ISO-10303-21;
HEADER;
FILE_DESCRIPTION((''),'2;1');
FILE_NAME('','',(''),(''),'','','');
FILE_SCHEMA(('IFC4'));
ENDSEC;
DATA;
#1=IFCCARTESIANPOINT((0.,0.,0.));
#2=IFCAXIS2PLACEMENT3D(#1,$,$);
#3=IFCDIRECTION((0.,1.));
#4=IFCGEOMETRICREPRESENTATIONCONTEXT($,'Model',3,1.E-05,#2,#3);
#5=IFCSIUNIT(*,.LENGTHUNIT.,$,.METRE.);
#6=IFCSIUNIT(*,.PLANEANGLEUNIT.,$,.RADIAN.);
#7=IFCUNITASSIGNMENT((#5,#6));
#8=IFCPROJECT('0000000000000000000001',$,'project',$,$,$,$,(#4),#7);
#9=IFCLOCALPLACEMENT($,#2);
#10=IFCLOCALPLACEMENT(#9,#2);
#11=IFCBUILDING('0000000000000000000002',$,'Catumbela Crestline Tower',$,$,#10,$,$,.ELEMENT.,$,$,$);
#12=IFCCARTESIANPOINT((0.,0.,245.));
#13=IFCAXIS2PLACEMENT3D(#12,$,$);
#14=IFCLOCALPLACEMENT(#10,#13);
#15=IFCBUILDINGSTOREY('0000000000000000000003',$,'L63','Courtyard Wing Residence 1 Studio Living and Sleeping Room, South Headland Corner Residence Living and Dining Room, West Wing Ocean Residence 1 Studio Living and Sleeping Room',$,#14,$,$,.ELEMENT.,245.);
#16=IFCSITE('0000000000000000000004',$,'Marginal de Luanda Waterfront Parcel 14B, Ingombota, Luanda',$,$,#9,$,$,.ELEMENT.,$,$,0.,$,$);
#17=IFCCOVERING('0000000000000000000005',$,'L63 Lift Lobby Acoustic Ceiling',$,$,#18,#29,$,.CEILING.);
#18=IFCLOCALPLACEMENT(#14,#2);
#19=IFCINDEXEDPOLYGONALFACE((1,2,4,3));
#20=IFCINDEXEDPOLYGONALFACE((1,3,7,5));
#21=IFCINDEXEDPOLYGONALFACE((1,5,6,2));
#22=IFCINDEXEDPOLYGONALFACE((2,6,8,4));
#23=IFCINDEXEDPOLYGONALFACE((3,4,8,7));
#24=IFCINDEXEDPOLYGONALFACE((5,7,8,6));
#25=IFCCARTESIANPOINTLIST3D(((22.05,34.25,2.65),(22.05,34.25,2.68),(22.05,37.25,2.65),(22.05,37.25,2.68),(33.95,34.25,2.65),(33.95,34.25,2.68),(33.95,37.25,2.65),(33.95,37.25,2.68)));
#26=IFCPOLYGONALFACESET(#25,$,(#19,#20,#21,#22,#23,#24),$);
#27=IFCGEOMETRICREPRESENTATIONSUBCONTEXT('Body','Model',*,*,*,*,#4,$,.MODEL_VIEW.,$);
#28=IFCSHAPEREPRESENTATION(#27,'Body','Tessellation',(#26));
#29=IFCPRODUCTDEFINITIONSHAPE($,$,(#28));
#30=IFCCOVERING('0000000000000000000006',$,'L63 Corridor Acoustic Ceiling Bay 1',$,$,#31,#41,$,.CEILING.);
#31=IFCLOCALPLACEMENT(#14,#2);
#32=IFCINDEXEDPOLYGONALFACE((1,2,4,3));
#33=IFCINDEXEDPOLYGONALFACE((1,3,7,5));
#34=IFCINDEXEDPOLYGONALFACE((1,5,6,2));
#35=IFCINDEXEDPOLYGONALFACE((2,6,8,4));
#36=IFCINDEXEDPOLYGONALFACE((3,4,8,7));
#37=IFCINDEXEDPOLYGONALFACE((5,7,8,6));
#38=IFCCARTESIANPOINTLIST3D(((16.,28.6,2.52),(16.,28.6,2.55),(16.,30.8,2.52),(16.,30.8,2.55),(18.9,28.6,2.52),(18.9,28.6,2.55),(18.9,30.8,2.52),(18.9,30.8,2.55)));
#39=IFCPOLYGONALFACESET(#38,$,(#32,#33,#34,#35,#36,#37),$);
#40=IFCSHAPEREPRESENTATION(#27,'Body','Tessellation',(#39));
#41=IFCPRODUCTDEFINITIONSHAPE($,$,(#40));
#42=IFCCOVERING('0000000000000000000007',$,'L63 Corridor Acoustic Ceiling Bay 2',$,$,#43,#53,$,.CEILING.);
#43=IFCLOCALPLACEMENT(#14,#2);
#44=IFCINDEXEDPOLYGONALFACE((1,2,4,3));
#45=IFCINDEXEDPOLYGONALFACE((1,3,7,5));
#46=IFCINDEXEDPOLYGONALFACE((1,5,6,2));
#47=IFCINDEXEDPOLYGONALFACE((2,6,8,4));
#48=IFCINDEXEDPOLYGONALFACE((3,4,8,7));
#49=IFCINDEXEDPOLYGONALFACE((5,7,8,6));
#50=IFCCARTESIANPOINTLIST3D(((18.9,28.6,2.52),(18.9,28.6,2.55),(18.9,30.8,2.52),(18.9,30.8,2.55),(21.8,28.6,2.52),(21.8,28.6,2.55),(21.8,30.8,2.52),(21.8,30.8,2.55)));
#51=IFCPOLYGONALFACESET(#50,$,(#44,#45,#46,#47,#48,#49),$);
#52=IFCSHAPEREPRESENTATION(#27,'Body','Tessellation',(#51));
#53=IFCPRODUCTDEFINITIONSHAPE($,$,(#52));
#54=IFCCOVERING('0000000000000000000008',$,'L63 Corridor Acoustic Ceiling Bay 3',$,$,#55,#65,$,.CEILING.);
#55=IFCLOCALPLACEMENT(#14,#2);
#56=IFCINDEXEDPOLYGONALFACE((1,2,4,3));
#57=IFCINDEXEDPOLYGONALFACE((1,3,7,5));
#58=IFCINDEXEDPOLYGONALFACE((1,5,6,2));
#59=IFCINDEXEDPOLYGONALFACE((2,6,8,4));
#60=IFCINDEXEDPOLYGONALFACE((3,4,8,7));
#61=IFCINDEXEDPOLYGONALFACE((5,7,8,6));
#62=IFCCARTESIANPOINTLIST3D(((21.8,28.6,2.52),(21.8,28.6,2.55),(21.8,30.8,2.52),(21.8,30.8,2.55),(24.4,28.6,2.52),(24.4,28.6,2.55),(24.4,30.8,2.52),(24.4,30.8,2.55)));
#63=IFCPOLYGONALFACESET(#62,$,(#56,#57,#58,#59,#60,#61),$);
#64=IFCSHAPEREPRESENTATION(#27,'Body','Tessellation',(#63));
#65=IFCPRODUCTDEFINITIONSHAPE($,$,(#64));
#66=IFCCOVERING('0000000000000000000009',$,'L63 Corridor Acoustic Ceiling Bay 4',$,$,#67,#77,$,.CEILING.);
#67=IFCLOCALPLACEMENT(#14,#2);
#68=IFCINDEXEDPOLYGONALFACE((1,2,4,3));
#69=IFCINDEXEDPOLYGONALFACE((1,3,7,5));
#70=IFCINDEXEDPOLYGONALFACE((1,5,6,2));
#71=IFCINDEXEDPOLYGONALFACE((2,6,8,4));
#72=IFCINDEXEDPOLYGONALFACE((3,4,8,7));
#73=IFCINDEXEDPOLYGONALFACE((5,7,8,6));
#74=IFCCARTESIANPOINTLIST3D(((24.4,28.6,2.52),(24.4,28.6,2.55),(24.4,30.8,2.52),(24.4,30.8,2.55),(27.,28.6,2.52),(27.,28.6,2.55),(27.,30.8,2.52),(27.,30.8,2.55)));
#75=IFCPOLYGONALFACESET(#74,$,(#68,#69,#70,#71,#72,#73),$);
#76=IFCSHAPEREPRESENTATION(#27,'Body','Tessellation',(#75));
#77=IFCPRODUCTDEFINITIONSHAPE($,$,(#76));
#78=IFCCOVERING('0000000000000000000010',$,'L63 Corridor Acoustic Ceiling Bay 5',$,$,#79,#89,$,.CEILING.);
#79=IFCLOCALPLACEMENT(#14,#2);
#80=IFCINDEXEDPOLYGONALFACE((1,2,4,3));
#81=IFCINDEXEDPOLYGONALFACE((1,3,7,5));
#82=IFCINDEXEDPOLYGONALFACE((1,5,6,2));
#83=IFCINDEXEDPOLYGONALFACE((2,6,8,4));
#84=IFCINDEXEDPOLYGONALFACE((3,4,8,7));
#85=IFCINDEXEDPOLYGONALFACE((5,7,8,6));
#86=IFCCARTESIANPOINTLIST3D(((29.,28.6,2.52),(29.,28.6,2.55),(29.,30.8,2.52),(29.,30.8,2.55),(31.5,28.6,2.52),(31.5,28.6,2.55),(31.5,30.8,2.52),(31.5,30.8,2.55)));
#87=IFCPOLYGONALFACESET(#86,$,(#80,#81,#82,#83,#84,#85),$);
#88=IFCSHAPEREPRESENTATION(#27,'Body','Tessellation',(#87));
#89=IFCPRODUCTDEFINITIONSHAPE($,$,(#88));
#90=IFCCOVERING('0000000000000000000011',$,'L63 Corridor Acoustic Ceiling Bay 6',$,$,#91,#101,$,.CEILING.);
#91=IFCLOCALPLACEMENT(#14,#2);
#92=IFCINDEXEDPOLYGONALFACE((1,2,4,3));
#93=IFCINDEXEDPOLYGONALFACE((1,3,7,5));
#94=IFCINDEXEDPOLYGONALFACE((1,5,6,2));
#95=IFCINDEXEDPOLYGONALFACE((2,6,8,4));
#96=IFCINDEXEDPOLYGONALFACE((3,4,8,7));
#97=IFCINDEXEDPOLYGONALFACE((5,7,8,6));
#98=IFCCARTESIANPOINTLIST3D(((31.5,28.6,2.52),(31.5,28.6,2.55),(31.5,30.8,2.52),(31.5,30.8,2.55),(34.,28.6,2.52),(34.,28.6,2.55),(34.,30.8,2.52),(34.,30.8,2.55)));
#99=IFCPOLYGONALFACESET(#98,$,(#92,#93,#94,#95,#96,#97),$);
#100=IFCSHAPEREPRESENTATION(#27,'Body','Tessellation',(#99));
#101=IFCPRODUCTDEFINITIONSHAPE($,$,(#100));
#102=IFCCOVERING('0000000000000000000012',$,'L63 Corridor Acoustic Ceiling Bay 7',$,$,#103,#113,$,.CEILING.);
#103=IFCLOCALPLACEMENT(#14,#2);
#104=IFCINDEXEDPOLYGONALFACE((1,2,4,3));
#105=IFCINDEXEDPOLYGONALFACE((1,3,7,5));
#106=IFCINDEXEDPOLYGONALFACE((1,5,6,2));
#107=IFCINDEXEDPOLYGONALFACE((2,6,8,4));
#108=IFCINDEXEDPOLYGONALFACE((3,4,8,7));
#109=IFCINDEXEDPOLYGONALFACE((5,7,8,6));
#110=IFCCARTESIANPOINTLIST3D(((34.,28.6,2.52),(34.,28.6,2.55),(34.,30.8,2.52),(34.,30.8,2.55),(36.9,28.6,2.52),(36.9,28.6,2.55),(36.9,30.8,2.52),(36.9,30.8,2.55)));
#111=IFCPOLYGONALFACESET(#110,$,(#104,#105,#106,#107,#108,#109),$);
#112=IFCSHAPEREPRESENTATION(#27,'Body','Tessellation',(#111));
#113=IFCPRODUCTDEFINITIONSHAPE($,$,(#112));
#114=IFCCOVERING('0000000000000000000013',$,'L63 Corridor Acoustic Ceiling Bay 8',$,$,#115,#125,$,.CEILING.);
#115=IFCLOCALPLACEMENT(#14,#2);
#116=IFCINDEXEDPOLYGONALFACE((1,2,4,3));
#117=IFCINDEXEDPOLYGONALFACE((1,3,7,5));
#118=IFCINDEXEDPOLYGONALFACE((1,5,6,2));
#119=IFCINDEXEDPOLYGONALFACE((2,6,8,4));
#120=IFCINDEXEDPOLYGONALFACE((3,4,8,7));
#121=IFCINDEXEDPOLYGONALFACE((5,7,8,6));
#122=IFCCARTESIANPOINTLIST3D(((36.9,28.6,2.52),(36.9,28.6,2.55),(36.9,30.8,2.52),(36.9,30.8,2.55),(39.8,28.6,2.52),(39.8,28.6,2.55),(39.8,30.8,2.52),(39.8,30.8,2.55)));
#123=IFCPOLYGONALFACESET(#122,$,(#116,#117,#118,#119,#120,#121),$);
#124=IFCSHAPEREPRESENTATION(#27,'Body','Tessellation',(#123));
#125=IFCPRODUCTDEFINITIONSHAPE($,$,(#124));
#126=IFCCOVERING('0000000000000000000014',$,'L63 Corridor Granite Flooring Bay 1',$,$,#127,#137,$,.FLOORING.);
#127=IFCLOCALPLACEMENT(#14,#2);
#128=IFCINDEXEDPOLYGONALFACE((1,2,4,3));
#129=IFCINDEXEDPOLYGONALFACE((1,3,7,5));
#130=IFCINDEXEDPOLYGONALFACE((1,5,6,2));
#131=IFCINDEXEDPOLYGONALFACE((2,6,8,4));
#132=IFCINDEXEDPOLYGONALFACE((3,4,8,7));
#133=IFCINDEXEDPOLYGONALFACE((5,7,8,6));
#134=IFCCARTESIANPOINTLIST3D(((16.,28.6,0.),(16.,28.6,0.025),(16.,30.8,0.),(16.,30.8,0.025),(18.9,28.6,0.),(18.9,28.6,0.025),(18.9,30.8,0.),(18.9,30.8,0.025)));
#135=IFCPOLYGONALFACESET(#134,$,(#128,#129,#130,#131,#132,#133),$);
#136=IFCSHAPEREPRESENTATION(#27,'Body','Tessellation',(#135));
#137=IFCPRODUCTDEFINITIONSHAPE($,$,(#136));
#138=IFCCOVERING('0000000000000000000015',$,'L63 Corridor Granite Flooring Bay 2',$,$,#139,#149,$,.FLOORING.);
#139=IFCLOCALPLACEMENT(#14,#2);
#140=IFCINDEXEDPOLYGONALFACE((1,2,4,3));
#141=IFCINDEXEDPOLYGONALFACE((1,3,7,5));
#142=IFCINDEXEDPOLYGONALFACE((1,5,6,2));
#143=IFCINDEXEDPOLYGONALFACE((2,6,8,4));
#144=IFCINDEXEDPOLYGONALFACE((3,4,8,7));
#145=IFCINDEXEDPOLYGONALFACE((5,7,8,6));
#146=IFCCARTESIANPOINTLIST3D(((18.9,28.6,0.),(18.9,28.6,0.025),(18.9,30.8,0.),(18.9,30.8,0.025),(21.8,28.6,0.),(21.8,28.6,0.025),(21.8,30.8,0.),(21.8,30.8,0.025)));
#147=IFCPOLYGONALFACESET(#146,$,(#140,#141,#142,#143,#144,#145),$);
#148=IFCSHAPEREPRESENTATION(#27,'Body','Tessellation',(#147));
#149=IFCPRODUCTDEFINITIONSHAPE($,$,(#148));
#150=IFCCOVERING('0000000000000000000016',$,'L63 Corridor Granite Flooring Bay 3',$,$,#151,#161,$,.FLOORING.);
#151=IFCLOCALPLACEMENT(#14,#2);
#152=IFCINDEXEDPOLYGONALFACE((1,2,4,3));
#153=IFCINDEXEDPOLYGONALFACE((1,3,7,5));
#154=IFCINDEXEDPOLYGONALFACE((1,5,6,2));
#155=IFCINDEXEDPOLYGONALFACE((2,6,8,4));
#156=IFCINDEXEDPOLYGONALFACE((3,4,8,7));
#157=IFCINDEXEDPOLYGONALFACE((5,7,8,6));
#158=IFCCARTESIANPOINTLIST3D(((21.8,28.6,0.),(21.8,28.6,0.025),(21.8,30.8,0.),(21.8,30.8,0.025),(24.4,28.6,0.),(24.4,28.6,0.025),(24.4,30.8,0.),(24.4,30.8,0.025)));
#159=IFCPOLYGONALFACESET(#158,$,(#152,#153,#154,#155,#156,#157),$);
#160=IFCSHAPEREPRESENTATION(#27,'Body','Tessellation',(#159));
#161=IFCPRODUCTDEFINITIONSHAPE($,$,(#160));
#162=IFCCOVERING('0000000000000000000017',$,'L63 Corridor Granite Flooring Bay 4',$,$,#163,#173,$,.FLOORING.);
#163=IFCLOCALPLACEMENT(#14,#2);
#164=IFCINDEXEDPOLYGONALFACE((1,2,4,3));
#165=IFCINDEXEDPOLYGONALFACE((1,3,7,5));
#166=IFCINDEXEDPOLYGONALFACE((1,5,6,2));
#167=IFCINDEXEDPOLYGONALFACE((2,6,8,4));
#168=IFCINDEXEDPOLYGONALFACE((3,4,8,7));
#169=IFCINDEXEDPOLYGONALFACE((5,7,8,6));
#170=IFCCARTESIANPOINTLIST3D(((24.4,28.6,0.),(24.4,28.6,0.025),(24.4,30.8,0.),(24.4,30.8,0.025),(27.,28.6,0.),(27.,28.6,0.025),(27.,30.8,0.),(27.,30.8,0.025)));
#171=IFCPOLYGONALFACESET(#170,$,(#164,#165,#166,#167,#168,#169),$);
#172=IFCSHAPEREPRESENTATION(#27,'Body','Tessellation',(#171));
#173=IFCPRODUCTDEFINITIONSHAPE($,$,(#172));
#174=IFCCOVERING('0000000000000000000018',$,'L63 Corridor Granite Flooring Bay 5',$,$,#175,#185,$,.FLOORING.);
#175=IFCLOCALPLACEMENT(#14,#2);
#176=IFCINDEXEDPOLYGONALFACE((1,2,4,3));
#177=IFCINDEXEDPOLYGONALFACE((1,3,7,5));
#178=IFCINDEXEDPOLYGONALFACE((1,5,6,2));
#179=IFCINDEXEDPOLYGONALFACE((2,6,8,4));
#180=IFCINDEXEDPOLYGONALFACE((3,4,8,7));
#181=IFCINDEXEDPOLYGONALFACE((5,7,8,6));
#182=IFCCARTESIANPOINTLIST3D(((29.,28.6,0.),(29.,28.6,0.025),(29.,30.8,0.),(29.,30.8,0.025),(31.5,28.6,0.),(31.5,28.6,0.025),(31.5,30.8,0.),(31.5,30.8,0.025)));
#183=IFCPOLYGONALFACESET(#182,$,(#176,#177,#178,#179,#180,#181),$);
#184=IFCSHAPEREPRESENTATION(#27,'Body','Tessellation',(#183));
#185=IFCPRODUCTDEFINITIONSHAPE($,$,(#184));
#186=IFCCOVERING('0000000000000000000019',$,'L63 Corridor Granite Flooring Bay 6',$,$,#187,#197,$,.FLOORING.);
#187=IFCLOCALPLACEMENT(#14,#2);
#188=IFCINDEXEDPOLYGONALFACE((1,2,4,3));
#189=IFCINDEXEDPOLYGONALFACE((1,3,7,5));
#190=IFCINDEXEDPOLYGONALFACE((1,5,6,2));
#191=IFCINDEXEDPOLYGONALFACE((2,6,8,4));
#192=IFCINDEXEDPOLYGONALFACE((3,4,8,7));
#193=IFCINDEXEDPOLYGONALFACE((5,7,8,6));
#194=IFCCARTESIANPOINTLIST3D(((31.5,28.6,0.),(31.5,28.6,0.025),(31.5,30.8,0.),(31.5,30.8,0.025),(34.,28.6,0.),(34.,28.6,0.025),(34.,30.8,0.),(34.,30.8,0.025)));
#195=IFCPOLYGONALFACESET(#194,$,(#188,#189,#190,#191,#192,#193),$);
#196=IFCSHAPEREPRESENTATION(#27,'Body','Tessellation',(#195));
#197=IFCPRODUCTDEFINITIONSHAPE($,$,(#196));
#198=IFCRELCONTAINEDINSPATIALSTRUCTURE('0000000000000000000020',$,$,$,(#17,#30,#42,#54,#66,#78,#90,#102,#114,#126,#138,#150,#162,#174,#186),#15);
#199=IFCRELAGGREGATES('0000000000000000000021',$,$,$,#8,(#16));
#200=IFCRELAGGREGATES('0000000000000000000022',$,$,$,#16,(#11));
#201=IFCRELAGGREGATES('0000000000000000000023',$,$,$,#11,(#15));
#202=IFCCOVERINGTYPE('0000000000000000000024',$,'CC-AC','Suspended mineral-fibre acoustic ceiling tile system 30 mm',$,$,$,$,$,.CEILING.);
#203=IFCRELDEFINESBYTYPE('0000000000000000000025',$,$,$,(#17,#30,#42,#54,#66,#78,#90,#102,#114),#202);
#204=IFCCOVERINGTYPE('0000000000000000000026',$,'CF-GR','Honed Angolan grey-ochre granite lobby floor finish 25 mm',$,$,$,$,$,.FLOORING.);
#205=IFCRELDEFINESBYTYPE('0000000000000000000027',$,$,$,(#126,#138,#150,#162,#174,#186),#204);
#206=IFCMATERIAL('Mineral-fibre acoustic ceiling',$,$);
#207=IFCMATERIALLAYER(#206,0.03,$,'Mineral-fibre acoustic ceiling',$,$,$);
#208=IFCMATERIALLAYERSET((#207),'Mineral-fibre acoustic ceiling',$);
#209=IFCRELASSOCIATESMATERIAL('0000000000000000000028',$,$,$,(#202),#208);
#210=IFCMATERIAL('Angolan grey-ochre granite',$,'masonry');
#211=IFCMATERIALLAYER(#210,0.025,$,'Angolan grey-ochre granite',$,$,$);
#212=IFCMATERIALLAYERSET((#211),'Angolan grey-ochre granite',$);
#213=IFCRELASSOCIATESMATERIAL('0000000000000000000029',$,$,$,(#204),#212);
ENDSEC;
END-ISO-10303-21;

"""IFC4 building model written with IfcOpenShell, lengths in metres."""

from ifc_helpers import new_model, si_unit, direction, frame, origin, place, context, subcontext, project, spatial, polyline, outline, extrude, material, layer, layer_set, type_object, element, save


model = new_model("IFC4")

# Units and contexts
model_context = context("Model", 3, precision=1e-05, world=origin(), true_north=direction((0.0, 1.0)))
body_context = subcontext(model_context, "Body", "Model", "MODEL_VIEW")
ifc_project = project(units=[si_unit("LENGTHUNIT", "METRE"), si_unit("PLANEANGLEUNIT", "RADIAN")], contexts=[model_context])

# Site, building, storey
site_placement = place(None, origin())
site = spatial("IfcSite", under=ifc_project, at=site_placement, Name="Marginal de Luanda Waterfront Parcel 14B, Ingombota, Luanda", CompositionType="ELEMENT", RefElevation=0.0)
building_placement = place(site_placement, origin())
building = spatial("IfcBuilding", under=site, at=building_placement, Name="Catumbela Crestline Tower", CompositionType="ELEMENT")
storey_placement = place(building_placement, frame((0.0, 0.0, 245.0)))
storey = spatial("IfcBuildingStorey", under=building, at=storey_placement, Name="L63", Description="Courtyard Wing Residence 1 Studio Living and Sleeping Room, South Headland Corner Residence Living and Dining Room, West Wing Ocean Residence 1 Studio Living and Sleeping Room", CompositionType="ELEMENT", Elevation=245.0)

# Shared definitions
ifc_material_1 = material(Name="Angolan grey-ochre granite", Category="masonry")

# Coverings
ifc_material_2 = material(Name="Mineral-fibre acoustic ceiling")
ifc_layer_1 = layer(ifc_material_2, 0.03, Name="Mineral-fibre acoustic ceiling")
ifc_layer_set_1 = layer_set([ifc_layer_1], Name="Mineral-fibre acoustic ceiling")
covering_type_1 = type_object("IfcCoveringType", Name="CC-AC", Description="Suspended mineral-fibre acoustic ceiling tile system 30 mm", PredefinedType="CEILING", material=ifc_layer_set_1)
covering_1_placement = place(storey_placement, frame((0.0, 0.0, 2.65)))
element("IfcCovering", 1, at=covering_1_placement, inside=storey, type_object=covering_type_1, Name="L63 Lift Lobby Acoustic Ceiling", PredefinedType="CEILING", context=body_context, shape_type="SweptSolid", body=[
    extrude(outline(polyline([(22.05, 34.25), (33.95, 34.25), (33.95, 37.25), (22.05, 37.25), (22.05, 34.25)])), origin(), (0.0, 0.0, 1.0), 0.03),
])
covering_2_placement = place(storey_placement, frame((0.0, 0.0, 2.52)))
element("IfcCovering", 2, at=covering_2_placement, inside=storey, type_object=covering_type_1, Name="L63 Corridor Acoustic Ceiling Bay 1", PredefinedType="CEILING", context=body_context, shape_type="SweptSolid", body=[
    extrude(outline(polyline([(16.0, 28.6), (18.9, 28.6), (18.9, 30.8), (16.0, 30.8), (16.0, 28.6)])), origin(), (0.0, 0.0, 1.0), 0.03),
])
covering_3_placement = place(storey_placement, frame((0.0, 0.0, 2.52)))
element("IfcCovering", 3, at=covering_3_placement, inside=storey, type_object=covering_type_1, Name="L63 Corridor Acoustic Ceiling Bay 2", PredefinedType="CEILING", context=body_context, shape_type="SweptSolid", body=[
    extrude(outline(polyline([(18.9, 28.6), (21.8, 28.6), (21.8, 30.8), (18.9, 30.8), (18.9, 28.6)])), origin(), (0.0, 0.0, 1.0), 0.03),
])
covering_4_placement = place(storey_placement, frame((0.0, 0.0, 2.52)))
element("IfcCovering", 4, at=covering_4_placement, inside=storey, type_object=covering_type_1, Name="L63 Corridor Acoustic Ceiling Bay 3", PredefinedType="CEILING", context=body_context, shape_type="SweptSolid", body=[
    extrude(outline(polyline([(21.8, 28.6), (24.4, 28.6), (24.4, 30.8), (21.8, 30.8), (21.8, 28.6)])), origin(), (0.0, 0.0, 1.0), 0.03),
])
covering_5_placement = place(storey_placement, frame((0.0, 0.0, 2.52)))
element("IfcCovering", 5, at=covering_5_placement, inside=storey, type_object=covering_type_1, Name="L63 Corridor Acoustic Ceiling Bay 4", PredefinedType="CEILING", context=body_context, shape_type="SweptSolid", body=[
    extrude(outline(polyline([(24.4, 28.6), (27.0, 28.6), (27.0, 30.8), (24.4, 30.8), (24.4, 28.6)])), origin(), (0.0, 0.0, 1.0), 0.03),
])
covering_6_placement = place(storey_placement, frame((0.0, 0.0, 2.52)))
element("IfcCovering", 6, at=covering_6_placement, inside=storey, type_object=covering_type_1, Name="L63 Corridor Acoustic Ceiling Bay 5", PredefinedType="CEILING", context=body_context, shape_type="SweptSolid", body=[
    extrude(outline(polyline([(29.0, 28.6), (31.5, 28.6), (31.5, 30.8), (29.0, 30.8), (29.0, 28.6)])), origin(), (0.0, 0.0, 1.0), 0.03),
])
covering_7_placement = place(storey_placement, frame((0.0, 0.0, 2.52)))
element("IfcCovering", 7, at=covering_7_placement, inside=storey, type_object=covering_type_1, Name="L63 Corridor Acoustic Ceiling Bay 6", PredefinedType="CEILING", context=body_context, shape_type="SweptSolid", body=[
    extrude(outline(polyline([(31.5, 28.6), (34.0, 28.6), (34.0, 30.8), (31.5, 30.8), (31.5, 28.6)])), origin(), (0.0, 0.0, 1.0), 0.03),
])
covering_8_placement = place(storey_placement, frame((0.0, 0.0, 2.52)))
element("IfcCovering", 8, at=covering_8_placement, inside=storey, type_object=covering_type_1, Name="L63 Corridor Acoustic Ceiling Bay 7", PredefinedType="CEILING", context=body_context, shape_type="SweptSolid", body=[
    extrude(outline(polyline([(34.0, 28.6), (36.9, 28.6), (36.9, 30.8), (34.0, 30.8), (34.0, 28.6)])), origin(), (0.0, 0.0, 1.0), 0.03),
])
covering_9_placement = place(storey_placement, frame((0.0, 0.0, 2.52)))
element("IfcCovering", 9, at=covering_9_placement, inside=storey, type_object=covering_type_1, Name="L63 Corridor Acoustic Ceiling Bay 8", PredefinedType="CEILING", context=body_context, shape_type="SweptSolid", body=[
    extrude(outline(polyline([(36.9, 28.6), (39.8, 28.6), (39.8, 30.8), (36.9, 30.8), (36.9, 28.6)])), origin(), (0.0, 0.0, 1.0), 0.03),
])
ifc_layer_2 = layer(ifc_material_1, 0.025, Name="Angolan grey-ochre granite")
ifc_layer_set_2 = layer_set([ifc_layer_2], Name="Angolan grey-ochre granite")
covering_type_2 = type_object("IfcCoveringType", Name="CF-GR", Description="Honed Angolan grey-ochre granite lobby floor finish 25 mm", PredefinedType="FLOORING", material=ifc_layer_set_2)
covering_10_placement = place(storey_placement, origin())
element("IfcCovering", 10, at=covering_10_placement, inside=storey, type_object=covering_type_2, Name="L63 Corridor Granite Flooring Bay 1", PredefinedType="FLOORING", context=body_context, shape_type="SweptSolid", body=[
    extrude(outline(polyline([(16.0, 28.6), (18.9, 28.6), (18.9, 30.8), (16.0, 30.8), (16.0, 28.6)])), origin(), (0.0, 0.0, 1.0), 0.025),
])
covering_11_placement = place(storey_placement, origin())
element("IfcCovering", 11, at=covering_11_placement, inside=storey, type_object=covering_type_2, Name="L63 Corridor Granite Flooring Bay 2", PredefinedType="FLOORING", context=body_context, shape_type="SweptSolid", body=[
    extrude(outline(polyline([(18.9, 28.6), (21.8, 28.6), (21.8, 30.8), (18.9, 30.8), (18.9, 28.6)])), origin(), (0.0, 0.0, 1.0), 0.025),
])
covering_12_placement = place(storey_placement, origin())
element("IfcCovering", 12, at=covering_12_placement, inside=storey, type_object=covering_type_2, Name="L63 Corridor Granite Flooring Bay 3", PredefinedType="FLOORING", context=body_context, shape_type="SweptSolid", body=[
    extrude(outline(polyline([(21.8, 28.6), (24.4, 28.6), (24.4, 30.8), (21.8, 30.8), (21.8, 28.6)])), origin(), (0.0, 0.0, 1.0), 0.025),
])
covering_13_placement = place(storey_placement, origin())
element("IfcCovering", 13, at=covering_13_placement, inside=storey, type_object=covering_type_2, Name="L63 Corridor Granite Flooring Bay 4", PredefinedType="FLOORING", context=body_context, shape_type="SweptSolid", body=[
    extrude(outline(polyline([(24.4, 28.6), (27.0, 28.6), (27.0, 30.8), (24.4, 30.8), (24.4, 28.6)])), origin(), (0.0, 0.0, 1.0), 0.025),
])
covering_14_placement = place(storey_placement, origin())
element("IfcCovering", 14, at=covering_14_placement, inside=storey, type_object=covering_type_2, Name="L63 Corridor Granite Flooring Bay 5", PredefinedType="FLOORING", context=body_context, shape_type="SweptSolid", body=[
    extrude(outline(polyline([(29.0, 28.6), (31.5, 28.6), (31.5, 30.8), (29.0, 30.8), (29.0, 28.6)])), origin(), (0.0, 0.0, 1.0), 0.025),
])
covering_15_placement = place(storey_placement, origin())
element("IfcCovering", 15, at=covering_15_placement, inside=storey, type_object=covering_type_2, Name="L63 Corridor Granite Flooring Bay 6", PredefinedType="FLOORING", context=body_context, shape_type="SweptSolid", body=[
    extrude(outline(polyline([(31.5, 28.6), (34.0, 28.6), (34.0, 30.8), (31.5, 30.8), (31.5, 28.6)])), origin(), (0.0, 0.0, 1.0), 0.025),
])

save(model, "model.ifc")
